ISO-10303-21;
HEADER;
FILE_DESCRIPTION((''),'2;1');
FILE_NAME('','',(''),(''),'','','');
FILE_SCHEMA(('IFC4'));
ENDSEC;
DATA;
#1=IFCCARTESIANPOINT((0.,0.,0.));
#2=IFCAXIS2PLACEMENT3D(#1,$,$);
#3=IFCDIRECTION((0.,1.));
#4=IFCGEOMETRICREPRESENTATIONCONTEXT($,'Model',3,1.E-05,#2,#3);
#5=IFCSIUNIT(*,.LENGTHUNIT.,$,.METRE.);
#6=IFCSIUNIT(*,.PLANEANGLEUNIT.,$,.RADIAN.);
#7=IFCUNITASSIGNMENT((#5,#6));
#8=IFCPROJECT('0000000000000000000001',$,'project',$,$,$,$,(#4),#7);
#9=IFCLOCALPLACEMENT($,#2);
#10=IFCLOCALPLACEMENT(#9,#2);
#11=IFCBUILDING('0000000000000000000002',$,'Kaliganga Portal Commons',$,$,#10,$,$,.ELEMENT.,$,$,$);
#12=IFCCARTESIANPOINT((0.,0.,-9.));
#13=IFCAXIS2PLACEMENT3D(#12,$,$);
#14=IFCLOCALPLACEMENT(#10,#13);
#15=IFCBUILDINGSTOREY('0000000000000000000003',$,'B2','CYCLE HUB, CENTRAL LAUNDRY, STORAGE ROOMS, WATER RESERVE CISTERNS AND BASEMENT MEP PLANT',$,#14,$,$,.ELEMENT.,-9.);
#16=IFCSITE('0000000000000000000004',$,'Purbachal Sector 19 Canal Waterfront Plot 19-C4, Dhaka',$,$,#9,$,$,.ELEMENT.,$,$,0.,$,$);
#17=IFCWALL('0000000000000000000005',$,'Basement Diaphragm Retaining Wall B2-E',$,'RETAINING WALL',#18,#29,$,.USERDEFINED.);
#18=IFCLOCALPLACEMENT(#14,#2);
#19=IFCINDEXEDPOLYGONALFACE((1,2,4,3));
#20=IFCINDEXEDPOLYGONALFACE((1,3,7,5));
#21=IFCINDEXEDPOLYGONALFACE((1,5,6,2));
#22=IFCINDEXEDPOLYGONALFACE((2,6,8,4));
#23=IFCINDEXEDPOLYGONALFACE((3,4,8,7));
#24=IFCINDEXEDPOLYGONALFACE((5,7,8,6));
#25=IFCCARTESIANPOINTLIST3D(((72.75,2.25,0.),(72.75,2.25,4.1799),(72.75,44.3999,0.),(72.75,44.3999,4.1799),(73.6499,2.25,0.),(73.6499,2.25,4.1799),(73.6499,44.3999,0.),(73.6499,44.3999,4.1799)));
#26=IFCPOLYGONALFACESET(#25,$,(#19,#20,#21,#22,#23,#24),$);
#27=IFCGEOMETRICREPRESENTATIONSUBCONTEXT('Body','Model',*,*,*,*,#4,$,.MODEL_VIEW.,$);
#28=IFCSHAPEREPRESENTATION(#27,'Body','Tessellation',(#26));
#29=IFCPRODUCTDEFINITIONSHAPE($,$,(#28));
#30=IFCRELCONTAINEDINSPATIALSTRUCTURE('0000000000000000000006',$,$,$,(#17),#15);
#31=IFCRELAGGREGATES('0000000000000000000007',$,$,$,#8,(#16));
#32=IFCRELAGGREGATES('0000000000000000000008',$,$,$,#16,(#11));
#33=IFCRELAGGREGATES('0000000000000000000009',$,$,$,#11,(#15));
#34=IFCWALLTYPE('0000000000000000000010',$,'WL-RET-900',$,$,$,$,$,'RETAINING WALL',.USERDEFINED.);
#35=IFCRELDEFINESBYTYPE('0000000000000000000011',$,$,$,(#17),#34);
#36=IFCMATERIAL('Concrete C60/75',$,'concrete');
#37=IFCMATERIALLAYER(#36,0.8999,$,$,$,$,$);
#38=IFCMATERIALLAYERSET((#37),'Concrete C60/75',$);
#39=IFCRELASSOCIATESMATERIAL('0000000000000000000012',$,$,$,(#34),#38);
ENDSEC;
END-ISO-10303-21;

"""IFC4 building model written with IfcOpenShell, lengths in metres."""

from ifc_helpers import new_model, si_unit, direction, frame, frame_2d, origin, place, context, subcontext, project, spatial, rectangle, extrude, material, layer, layer_set, type_object, element, save


model = new_model("IFC4")

# Units and contexts
model_context = context("Model", 3, precision=1e-05, world=origin(), true_north=direction((0.0, 1.0)))
body_context = subcontext(model_context, "Body", "Model", "MODEL_VIEW")
ifc_project = project(units=[si_unit("LENGTHUNIT", "METRE"), si_unit("PLANEANGLEUNIT", "RADIAN")], contexts=[model_context])

# Site, building, storey
site_placement = place(None, origin())
site = spatial("IfcSite", under=ifc_project, at=site_placement, Name="Purbachal Sector 19 Canal Waterfront Plot 19-C4, Dhaka", CompositionType="ELEMENT", RefElevation=0.0)
building_placement = place(site_placement, origin())
building = spatial("IfcBuilding", under=site, at=building_placement, Name="Kaliganga Portal Commons", CompositionType="ELEMENT")
storey_placement = place(building_placement, frame((0.0, 0.0, -9.0)))
storey = spatial("IfcBuildingStorey", under=building, at=storey_placement, Name="B2", Description="CYCLE HUB, CENTRAL LAUNDRY, STORAGE ROOMS, WATER RESERVE CISTERNS AND BASEMENT MEP PLANT", CompositionType="ELEMENT", Elevation=-9.0)

# Wall
ifc_material_1 = material(Name="Concrete C60/75", Category="concrete")
ifc_layer = layer(ifc_material_1, 0.8999)
ifc_layer_set = layer_set([ifc_layer], Name="Concrete C60/75")
wall_type = type_object("IfcWallType", Name="WL-RET-900", ElementType="RETAINING WALL", PredefinedType="USERDEFINED", material=ifc_layer_set)
wall_placement = place(storey_placement, frame((73.2, 2.25, 0.0), z_axis=(0.0, 0.0, 1.0), x_axis=(0.0, 1.0, 0.0)))
element("IfcWall", 1, at=wall_placement, inside=storey, type_object=wall_type, Name="Basement Diaphragm Retaining Wall B2-E", ObjectType="RETAINING WALL", PredefinedType="USERDEFINED", context=body_context, shape_type="SweptSolid", body=[
    extrude(rectangle(XDim=42.1499, YDim=0.8999, at=frame_2d((21.075, 0.0))), origin(), (0.0, 0.0, 1.0), 4.1799),
])

save(model, "model.ifc")
